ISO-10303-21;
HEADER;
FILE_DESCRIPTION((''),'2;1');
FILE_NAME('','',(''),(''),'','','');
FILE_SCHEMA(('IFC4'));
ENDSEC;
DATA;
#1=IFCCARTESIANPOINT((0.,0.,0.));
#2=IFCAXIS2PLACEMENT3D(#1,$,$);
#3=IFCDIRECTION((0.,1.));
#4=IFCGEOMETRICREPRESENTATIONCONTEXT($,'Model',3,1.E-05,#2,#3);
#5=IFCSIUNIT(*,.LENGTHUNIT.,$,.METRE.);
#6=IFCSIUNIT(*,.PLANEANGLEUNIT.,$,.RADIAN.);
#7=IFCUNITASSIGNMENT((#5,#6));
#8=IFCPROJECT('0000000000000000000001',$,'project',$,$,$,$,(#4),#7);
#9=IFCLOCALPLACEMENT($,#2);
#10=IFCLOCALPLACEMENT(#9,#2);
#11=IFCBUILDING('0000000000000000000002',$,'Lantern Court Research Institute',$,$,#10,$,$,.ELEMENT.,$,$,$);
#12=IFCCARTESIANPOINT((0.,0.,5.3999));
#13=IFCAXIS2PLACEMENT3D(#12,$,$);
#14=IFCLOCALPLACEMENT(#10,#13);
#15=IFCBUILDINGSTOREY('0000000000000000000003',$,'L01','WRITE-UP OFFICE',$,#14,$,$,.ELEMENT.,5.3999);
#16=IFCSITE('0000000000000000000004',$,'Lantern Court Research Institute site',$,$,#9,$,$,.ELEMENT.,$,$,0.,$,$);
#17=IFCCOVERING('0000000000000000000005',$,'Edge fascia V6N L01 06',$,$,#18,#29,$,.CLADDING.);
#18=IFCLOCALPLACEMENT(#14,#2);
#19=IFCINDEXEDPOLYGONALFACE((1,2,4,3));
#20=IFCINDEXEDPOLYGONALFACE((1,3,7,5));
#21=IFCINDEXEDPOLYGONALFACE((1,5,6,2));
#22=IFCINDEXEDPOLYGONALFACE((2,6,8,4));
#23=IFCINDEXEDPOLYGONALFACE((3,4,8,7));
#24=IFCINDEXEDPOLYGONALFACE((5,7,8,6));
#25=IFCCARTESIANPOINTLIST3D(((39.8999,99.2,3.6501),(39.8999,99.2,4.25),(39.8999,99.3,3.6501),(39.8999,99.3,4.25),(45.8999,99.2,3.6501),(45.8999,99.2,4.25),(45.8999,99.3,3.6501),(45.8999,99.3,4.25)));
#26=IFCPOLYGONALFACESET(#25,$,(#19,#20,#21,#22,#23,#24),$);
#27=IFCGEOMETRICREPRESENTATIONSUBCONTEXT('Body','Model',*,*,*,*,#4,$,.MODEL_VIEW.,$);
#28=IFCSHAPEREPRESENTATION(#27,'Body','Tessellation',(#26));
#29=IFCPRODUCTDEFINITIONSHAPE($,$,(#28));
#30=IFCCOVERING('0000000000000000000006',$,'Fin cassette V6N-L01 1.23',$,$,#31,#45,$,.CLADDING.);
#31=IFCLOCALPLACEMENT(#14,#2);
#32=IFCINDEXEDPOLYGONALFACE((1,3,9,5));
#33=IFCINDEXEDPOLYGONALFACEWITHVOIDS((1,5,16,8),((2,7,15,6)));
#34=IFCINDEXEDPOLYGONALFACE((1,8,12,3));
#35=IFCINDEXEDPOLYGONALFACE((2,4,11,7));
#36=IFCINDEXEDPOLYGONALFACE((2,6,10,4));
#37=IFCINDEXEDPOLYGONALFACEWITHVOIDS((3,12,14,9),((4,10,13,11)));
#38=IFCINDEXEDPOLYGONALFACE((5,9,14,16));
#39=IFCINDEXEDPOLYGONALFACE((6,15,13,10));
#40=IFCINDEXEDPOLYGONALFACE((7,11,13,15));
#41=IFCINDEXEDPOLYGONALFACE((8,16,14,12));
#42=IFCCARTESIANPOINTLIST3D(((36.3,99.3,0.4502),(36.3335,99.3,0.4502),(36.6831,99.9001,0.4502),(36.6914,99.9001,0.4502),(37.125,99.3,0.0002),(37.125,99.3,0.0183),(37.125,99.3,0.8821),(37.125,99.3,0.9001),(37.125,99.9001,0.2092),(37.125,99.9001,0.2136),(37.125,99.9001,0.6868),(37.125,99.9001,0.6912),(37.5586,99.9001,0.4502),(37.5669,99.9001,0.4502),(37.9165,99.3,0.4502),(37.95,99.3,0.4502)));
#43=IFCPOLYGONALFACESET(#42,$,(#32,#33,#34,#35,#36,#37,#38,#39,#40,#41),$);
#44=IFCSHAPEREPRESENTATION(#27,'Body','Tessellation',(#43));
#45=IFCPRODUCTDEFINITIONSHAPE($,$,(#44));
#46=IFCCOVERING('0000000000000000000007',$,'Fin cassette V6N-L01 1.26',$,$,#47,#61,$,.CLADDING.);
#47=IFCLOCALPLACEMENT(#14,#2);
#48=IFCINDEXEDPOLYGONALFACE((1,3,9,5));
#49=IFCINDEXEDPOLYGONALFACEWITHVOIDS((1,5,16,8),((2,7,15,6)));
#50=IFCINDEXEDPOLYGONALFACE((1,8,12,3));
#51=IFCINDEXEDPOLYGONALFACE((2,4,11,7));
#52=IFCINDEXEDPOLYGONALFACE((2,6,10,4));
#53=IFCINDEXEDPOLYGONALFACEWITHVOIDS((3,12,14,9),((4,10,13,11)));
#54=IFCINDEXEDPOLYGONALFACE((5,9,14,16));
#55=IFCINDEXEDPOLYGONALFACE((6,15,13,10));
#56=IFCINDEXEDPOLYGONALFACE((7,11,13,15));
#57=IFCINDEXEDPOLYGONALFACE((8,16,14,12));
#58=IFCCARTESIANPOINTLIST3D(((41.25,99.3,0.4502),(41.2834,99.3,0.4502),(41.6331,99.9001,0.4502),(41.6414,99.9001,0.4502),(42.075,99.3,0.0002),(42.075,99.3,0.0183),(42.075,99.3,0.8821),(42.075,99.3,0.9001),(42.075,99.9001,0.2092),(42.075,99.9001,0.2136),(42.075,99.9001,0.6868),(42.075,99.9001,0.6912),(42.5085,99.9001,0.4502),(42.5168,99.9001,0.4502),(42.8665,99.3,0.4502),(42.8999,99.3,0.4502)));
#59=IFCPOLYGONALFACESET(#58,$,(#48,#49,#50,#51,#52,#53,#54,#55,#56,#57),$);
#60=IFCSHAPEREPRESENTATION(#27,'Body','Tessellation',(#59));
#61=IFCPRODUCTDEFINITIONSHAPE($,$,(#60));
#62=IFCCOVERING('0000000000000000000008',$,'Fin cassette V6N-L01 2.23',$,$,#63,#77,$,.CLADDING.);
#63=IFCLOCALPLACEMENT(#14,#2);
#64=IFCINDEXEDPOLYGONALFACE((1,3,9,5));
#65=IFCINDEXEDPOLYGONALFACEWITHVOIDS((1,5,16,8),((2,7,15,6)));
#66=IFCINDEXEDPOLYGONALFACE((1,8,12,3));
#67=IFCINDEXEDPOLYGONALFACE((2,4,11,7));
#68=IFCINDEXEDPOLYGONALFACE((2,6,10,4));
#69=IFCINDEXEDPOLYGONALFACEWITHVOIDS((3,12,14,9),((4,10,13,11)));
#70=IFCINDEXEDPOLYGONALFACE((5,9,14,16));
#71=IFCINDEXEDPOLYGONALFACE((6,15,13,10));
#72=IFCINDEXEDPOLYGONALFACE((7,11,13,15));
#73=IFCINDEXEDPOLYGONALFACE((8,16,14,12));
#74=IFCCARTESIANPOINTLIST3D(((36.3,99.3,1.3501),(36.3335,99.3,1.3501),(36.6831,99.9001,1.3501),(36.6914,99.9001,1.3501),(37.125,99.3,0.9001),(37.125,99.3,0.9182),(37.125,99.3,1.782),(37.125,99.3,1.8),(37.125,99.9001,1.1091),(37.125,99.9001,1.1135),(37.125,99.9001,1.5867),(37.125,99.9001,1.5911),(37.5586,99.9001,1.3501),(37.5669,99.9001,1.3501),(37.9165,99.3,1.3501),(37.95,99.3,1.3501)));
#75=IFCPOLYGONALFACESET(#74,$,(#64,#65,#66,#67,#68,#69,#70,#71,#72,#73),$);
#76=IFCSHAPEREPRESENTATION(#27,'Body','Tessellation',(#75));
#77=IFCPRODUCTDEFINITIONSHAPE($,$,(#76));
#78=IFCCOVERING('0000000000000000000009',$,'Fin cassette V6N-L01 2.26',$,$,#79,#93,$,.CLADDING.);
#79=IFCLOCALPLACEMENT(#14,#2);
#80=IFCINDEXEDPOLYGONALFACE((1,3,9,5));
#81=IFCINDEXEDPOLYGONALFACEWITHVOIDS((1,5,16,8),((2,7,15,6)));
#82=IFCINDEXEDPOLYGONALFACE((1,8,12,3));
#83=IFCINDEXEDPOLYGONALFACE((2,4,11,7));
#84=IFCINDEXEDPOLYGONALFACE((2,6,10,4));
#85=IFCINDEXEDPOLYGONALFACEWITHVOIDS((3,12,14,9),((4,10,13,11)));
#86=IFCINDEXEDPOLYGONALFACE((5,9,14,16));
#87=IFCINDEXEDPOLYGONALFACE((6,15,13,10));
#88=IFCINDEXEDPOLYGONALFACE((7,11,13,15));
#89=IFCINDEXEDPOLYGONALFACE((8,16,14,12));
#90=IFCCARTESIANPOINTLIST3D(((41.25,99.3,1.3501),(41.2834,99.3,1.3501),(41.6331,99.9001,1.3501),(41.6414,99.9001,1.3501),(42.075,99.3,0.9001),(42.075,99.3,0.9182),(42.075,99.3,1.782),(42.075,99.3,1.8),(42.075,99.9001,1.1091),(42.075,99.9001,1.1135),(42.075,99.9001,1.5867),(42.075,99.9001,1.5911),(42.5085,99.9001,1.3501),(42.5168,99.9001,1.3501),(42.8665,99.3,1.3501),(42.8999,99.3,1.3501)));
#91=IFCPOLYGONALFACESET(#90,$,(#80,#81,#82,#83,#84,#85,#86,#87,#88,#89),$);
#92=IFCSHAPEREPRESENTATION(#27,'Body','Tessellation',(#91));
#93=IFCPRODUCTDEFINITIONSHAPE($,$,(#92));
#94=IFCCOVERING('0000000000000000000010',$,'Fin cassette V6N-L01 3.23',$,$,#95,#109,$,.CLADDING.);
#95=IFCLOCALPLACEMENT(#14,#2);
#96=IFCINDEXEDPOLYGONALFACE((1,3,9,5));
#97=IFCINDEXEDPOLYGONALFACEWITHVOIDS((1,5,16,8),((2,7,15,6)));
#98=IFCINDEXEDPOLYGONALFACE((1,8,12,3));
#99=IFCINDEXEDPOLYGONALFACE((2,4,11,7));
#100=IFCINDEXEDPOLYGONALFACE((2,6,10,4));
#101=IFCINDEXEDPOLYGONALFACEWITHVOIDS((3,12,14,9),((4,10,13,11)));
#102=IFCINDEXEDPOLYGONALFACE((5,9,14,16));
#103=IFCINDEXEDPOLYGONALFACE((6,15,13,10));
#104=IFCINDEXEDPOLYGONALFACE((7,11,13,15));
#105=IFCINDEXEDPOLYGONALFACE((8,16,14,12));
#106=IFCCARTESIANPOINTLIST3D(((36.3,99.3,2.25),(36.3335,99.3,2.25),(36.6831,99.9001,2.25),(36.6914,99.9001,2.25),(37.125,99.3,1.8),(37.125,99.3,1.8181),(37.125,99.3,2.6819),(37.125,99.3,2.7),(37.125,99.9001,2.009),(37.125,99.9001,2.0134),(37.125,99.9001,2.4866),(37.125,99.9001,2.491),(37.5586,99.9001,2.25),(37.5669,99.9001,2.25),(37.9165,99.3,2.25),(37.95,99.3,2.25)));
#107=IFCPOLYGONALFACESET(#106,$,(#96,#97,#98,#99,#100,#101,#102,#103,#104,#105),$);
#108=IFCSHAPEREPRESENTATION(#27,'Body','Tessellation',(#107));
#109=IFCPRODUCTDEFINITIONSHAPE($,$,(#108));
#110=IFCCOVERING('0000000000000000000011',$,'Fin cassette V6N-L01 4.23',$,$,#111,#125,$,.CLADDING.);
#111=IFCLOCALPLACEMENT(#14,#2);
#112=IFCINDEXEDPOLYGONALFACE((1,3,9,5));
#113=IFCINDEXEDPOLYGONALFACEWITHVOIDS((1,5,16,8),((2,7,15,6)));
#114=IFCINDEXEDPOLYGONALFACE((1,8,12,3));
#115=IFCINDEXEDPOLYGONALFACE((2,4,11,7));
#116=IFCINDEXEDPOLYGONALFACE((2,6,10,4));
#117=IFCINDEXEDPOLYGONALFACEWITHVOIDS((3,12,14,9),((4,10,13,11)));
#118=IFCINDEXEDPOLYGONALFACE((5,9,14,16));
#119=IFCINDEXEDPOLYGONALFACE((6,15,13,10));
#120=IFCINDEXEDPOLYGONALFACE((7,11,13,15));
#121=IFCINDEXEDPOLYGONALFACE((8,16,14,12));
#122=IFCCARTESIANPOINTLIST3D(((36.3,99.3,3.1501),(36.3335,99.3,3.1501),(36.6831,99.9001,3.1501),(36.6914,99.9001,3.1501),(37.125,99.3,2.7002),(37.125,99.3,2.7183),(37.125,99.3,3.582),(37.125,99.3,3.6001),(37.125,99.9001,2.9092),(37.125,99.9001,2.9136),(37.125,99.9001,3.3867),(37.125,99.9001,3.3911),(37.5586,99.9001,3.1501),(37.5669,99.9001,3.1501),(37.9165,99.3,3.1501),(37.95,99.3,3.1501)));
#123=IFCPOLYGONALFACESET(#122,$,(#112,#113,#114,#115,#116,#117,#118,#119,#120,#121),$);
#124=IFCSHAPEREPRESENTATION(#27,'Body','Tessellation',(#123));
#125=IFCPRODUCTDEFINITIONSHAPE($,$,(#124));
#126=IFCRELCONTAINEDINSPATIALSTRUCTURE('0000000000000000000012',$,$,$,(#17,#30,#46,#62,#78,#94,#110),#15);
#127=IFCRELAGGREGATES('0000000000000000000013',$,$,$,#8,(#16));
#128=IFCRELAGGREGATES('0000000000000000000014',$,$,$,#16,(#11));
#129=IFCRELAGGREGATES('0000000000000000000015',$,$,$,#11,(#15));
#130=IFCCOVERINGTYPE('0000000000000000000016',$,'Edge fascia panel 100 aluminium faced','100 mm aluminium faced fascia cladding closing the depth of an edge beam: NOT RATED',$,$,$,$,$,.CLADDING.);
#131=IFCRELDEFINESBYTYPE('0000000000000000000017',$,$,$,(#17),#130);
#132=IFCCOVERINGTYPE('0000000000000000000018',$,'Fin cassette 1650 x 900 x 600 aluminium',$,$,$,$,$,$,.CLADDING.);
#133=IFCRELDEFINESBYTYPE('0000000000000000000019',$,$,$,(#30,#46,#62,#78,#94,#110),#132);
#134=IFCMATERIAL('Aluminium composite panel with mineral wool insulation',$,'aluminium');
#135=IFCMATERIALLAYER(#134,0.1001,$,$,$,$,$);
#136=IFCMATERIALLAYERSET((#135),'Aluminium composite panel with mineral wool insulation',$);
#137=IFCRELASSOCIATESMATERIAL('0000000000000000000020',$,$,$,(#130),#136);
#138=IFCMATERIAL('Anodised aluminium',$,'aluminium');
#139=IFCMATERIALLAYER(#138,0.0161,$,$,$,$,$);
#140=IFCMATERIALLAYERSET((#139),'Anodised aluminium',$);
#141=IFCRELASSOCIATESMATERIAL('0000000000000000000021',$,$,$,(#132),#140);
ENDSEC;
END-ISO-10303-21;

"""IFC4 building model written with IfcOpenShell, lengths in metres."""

from ifc_helpers import new_model, entity, si_unit, direction, frame, frame_2d, origin, place, context, subcontext, project, spatial, rectangle, extrude, material, layer, layer_set, type_object, element, save


model = new_model("IFC4")

# Units and contexts
model_context = context("Model", 3, precision=1e-05, world=origin(), true_north=direction((0.0, 1.0)))
body_context = subcontext(model_context, "Body", "Model", "MODEL_VIEW")
ifc_project = project(units=[si_unit("LENGTHUNIT", "METRE"), si_unit("PLANEANGLEUNIT", "RADIAN")], contexts=[model_context])

# Site, building, storey
site_placement = place(None, origin())
site = spatial("IfcSite", under=ifc_project, at=site_placement, Name="Lantern Court Research Institute site", CompositionType="ELEMENT", RefElevation=0.0)
building_placement = place(site_placement, origin())
building = spatial("IfcBuilding", under=site, at=building_placement, Name="Lantern Court Research Institute", CompositionType="ELEMENT")
storey_placement = place(building_placement, frame((0.0, 0.0, 5.3999)))
storey = spatial("IfcBuildingStorey", under=building, at=storey_placement, Name="L01", Description="WRITE-UP OFFICE", CompositionType="ELEMENT", Elevation=5.3999)

# Coverings
ifc_material_1 = material(Name="Aluminium composite panel with mineral wool insulation", Category="aluminium")
ifc_layer_1 = layer(ifc_material_1, 0.1001)
ifc_layer_set_1 = layer_set([ifc_layer_1], Name="Aluminium composite panel with mineral wool insulation")
covering_type_1 = type_object("IfcCoveringType", Name="Edge fascia panel 100 aluminium faced", Description="100 mm aluminium faced fascia cladding closing the depth of an edge beam: NOT RATED", PredefinedType="CLADDING", material=ifc_layer_set_1)
covering_1_placement = place(storey_placement, frame((39.8999, 99.25, 3.6501), z_axis=(0.0, 0.0, 1.0), x_axis=(1.0, 0.0, 0.0)))
element("IfcCovering", 1, at=covering_1_placement, inside=storey, type_object=covering_type_1, Name="Edge fascia V6N L01 06", PredefinedType="CLADDING", context=body_context, shape_type="SweptSolid", body=[
    extrude(rectangle(XDim=6.0, YDim=0.1001, at=frame_2d((3.0, 0.0))), origin(), (0.0, 0.0, 1.0), 0.5999),
])
ifc_material_2 = material(Name="Anodised aluminium", Category="aluminium")
ifc_layer_2 = layer(ifc_material_2, 0.0161)
ifc_layer_set_2 = layer_set([ifc_layer_2], Name="Anodised aluminium")
covering_type_2 = type_object("IfcCoveringType", Name="Fin cassette 1650 x 900 x 600 aluminium", PredefinedType="CLADDING", material=ifc_layer_set_2)
covering_2_placement = place(storey_placement, frame((37.125, 99.3, 0.4502), z_axis=(0.0, 1.0, 0.0), x_axis=(-1.0, 0.0, 0.0)))
cartesian_point_1 = entity("IfcCartesianPoint", [0.825, 0.0])
cartesian_point_2 = entity("IfcCartesianPoint", [0.7915, 0.0])
cartesian_point_3 = entity("IfcCartesianPoint", [0.4419, 0.0])
cartesian_point_4 = entity("IfcCartesianPoint", [0.4336, 0.0])
element("IfcCovering", 2, at=covering_2_placement, inside=storey, type_object=covering_type_2, Name="Fin cassette V6N-L01 1.23", PredefinedType="CLADDING", context=body_context, shape_type="SweptSolid", body=[
    entity("IfcExtrudedAreaSolidTapered", entity("IfcArbitraryProfileDefWithVoids", "AREA", None, entity("IfcPolyline", [cartesian_point_1, entity("IfcCartesianPoint", [0.0, 0.45]), entity("IfcCartesianPoint", [-0.825, 0.0]), entity("IfcCartesianPoint", [0.0, -0.45]), cartesian_point_1]), [entity("IfcPolyline", [cartesian_point_2, entity("IfcCartesianPoint", [0.0, 0.4319]), entity("IfcCartesianPoint", [-0.7915, 0.0]), entity("IfcCartesianPoint", [0.0, -0.4319]), cartesian_point_2])]), entity("IfcAxis2Placement3D", entity("IfcCartesianPoint", [0.0, 0.0, 0.0])), entity("IfcDirection", [0.0, 0.0, 1.0]), 0.6001, entity("IfcArbitraryProfileDefWithVoids", "AREA", None, entity("IfcPolyline", [cartesian_point_3, entity("IfcCartesianPoint", [0.0, 0.241]), entity("IfcCartesianPoint", [-0.4419, 0.0]), entity("IfcCartesianPoint", [0.0, -0.241]), cartesian_point_3]), [entity("IfcPolyline", [cartesian_point_4, entity("IfcCartesianPoint", [0.0, 0.2366]), entity("IfcCartesianPoint", [-0.4336, 0.0]), entity("IfcCartesianPoint", [0.0, -0.2366]), cartesian_point_4])])),
])
covering_3_placement = place(storey_placement, frame((42.075, 99.3, 0.4502), z_axis=(0.0, 1.0, 0.0), x_axis=(-1.0, 0.0, 0.0)))
cartesian_point_5 = entity("IfcCartesianPoint", [0.825, 0.0])
cartesian_point_6 = entity("IfcCartesianPoint", [0.7915, 0.0])
cartesian_point_7 = entity("IfcCartesianPoint", [0.4419, 0.0])
cartesian_point_8 = entity("IfcCartesianPoint", [0.4336, 0.0])
element("IfcCovering", 3, at=covering_3_placement, inside=storey, type_object=covering_type_2, Name="Fin cassette V6N-L01 1.26", PredefinedType="CLADDING", context=body_context, shape_type="SweptSolid", body=[
    entity("IfcExtrudedAreaSolidTapered", entity("IfcArbitraryProfileDefWithVoids", "AREA", None, entity("IfcPolyline", [cartesian_point_5, entity("IfcCartesianPoint", [0.0, 0.45]), entity("IfcCartesianPoint", [-0.825, 0.0]), entity("IfcCartesianPoint", [0.0, -0.45]), cartesian_point_5]), [entity("IfcPolyline", [cartesian_point_6, entity("IfcCartesianPoint", [0.0, 0.4319]), entity("IfcCartesianPoint", [-0.7915, 0.0]), entity("IfcCartesianPoint", [0.0, -0.4319]), cartesian_point_6])]), entity("IfcAxis2Placement3D", entity("IfcCartesianPoint", [0.0, 0.0, 0.0])), entity("IfcDirection", [0.0, 0.0, 1.0]), 0.6001, entity("IfcArbitraryProfileDefWithVoids", "AREA", None, entity("IfcPolyline", [cartesian_point_7, entity("IfcCartesianPoint", [0.0, 0.241]), entity("IfcCartesianPoint", [-0.4419, 0.0]), entity("IfcCartesianPoint", [0.0, -0.241]), cartesian_point_7]), [entity("IfcPolyline", [cartesian_point_8, entity("IfcCartesianPoint", [0.0, 0.2366]), entity("IfcCartesianPoint", [-0.4336, 0.0]), entity("IfcCartesianPoint", [0.0, -0.2366]), cartesian_point_8])])),
])
covering_4_placement = place(storey_placement, frame((37.125, 99.3, 1.3501), z_axis=(0.0, 1.0, 0.0), x_axis=(-1.0, 0.0, 0.0)))
cartesian_point_9 = entity("IfcCartesianPoint", [0.825, 0.0])
cartesian_point_10 = entity("IfcCartesianPoint", [0.7915, 0.0])
cartesian_point_11 = entity("IfcCartesianPoint", [0.4419, 0.0])
cartesian_point_12 = entity("IfcCartesianPoint", [0.4336, 0.0])
element("IfcCovering", 4, at=covering_4_placement, inside=storey, type_object=covering_type_2, Name="Fin cassette V6N-L01 2.23", PredefinedType="CLADDING", context=body_context, shape_type="SweptSolid", body=[
    entity("IfcExtrudedAreaSolidTapered", entity("IfcArbitraryProfileDefWithVoids", "AREA", None, entity("IfcPolyline", [cartesian_point_9, entity("IfcCartesianPoint", [0.0, 0.45]), entity("IfcCartesianPoint", [-0.825, 0.0]), entity("IfcCartesianPoint", [0.0, -0.45]), cartesian_point_9]), [entity("IfcPolyline", [cartesian_point_10, entity("IfcCartesianPoint", [0.0, 0.4319]), entity("IfcCartesianPoint", [-0.7915, 0.0]), entity("IfcCartesianPoint", [0.0, -0.4319]), cartesian_point_10])]), entity("IfcAxis2Placement3D", entity("IfcCartesianPoint", [0.0, 0.0, 0.0])), entity("IfcDirection", [0.0, 0.0, 1.0]), 0.6001, entity("IfcArbitraryProfileDefWithVoids", "AREA", None, entity("IfcPolyline", [cartesian_point_11, entity("IfcCartesianPoint", [0.0, 0.241]), entity("IfcCartesianPoint", [-0.4419, 0.0]), entity("IfcCartesianPoint", [0.0, -0.241]), cartesian_point_11]), [entity("IfcPolyline", [cartesian_point_12, entity("IfcCartesianPoint", [0.0, 0.2366]), entity("IfcCartesianPoint", [-0.4336, 0.0]), entity("IfcCartesianPoint", [0.0, -0.2366]), cartesian_point_12])])),
])
covering_5_placement = place(storey_placement, frame((42.075, 99.3, 1.3501), z_axis=(0.0, 1.0, 0.0), x_axis=(-1.0, 0.0, 0.0)))
cartesian_point_13 = entity("IfcCartesianPoint", [0.825, 0.0])
cartesian_point_14 = entity("IfcCartesianPoint", [0.7915, 0.0])
cartesian_point_15 = entity("IfcCartesianPoint", [0.4419, 0.0])
cartesian_point_16 = entity("IfcCartesianPoint", [0.4336, 0.0])
element("IfcCovering", 5, at=covering_5_placement, inside=storey, type_object=covering_type_2, Name="Fin cassette V6N-L01 2.26", PredefinedType="CLADDING", context=body_context, shape_type="SweptSolid", body=[
    entity("IfcExtrudedAreaSolidTapered", entity("IfcArbitraryProfileDefWithVoids", "AREA", None, entity("IfcPolyline", [cartesian_point_13, entity("IfcCartesianPoint", [0.0, 0.45]), entity("IfcCartesianPoint", [-0.825, 0.0]), entity("IfcCartesianPoint", [0.0, -0.45]), cartesian_point_13]), [entity("IfcPolyline", [cartesian_point_14, entity("IfcCartesianPoint", [0.0, 0.4319]), entity("IfcCartesianPoint", [-0.7915, 0.0]), entity("IfcCartesianPoint", [0.0, -0.4319]), cartesian_point_14])]), entity("IfcAxis2Placement3D", entity("IfcCartesianPoint", [0.0, 0.0, 0.0])), entity("IfcDirection", [0.0, 0.0, 1.0]), 0.6001, entity("IfcArbitraryProfileDefWithVoids", "AREA", None, entity("IfcPolyline", [cartesian_point_15, entity("IfcCartesianPoint", [0.0, 0.241]), entity("IfcCartesianPoint", [-0.4419, 0.0]), entity("IfcCartesianPoint", [0.0, -0.241]), cartesian_point_15]), [entity("IfcPolyline", [cartesian_point_16, entity("IfcCartesianPoint", [0.0, 0.2366]), entity("IfcCartesianPoint", [-0.4336, 0.0]), entity("IfcCartesianPoint", [0.0, -0.2366]), cartesian_point_16])])),
])
covering_6_placement = place(storey_placement, frame((37.125, 99.3, 2.25), z_axis=(0.0, 1.0, 0.0), x_axis=(-1.0, 0.0, 0.0)))
cartesian_point_17 = entity("IfcCartesianPoint", [0.825, 0.0])
cartesian_point_18 = entity("IfcCartesianPoint", [0.7915, 0.0])
cartesian_point_19 = entity("IfcCartesianPoint", [0.4419, 0.0])
cartesian_point_20 = entity("IfcCartesianPoint", [0.4336, 0.0])
element("IfcCovering", 6, at=covering_6_placement, inside=storey, type_object=covering_type_2, Name="Fin cassette V6N-L01 3.23", PredefinedType="CLADDING", context=body_context, shape_type="SweptSolid", body=[
    entity("IfcExtrudedAreaSolidTapered", entity("IfcArbitraryProfileDefWithVoids", "AREA", None, entity("IfcPolyline", [cartesian_point_17, entity("IfcCartesianPoint", [0.0, 0.45]), entity("IfcCartesianPoint", [-0.825, 0.0]), entity("IfcCartesianPoint", [0.0, -0.45]), cartesian_point_17]), [entity("IfcPolyline", [cartesian_point_18, entity("IfcCartesianPoint", [0.0, 0.4319]), entity("IfcCartesianPoint", [-0.7915, 0.0]), entity("IfcCartesianPoint", [0.0, -0.4319]), cartesian_point_18])]), entity("IfcAxis2Placement3D", entity("IfcCartesianPoint", [0.0, 0.0, 0.0])), entity("IfcDirection", [0.0, 0.0, 1.0]), 0.6001, entity("IfcArbitraryProfileDefWithVoids", "AREA", None, entity("IfcPolyline", [cartesian_point_19, entity("IfcCartesianPoint", [0.0, 0.241]), entity("IfcCartesianPoint", [-0.4419, 0.0]), entity("IfcCartesianPoint", [0.0, -0.241]), cartesian_point_19]), [entity("IfcPolyline", [cartesian_point_20, entity("IfcCartesianPoint", [0.0, 0.2366]), entity("IfcCartesianPoint", [-0.4336, 0.0]), entity("IfcCartesianPoint", [0.0, -0.2366]), cartesian_point_20])])),
])
covering_7_placement = place(storey_placement, frame((37.125, 99.3, 3.1501), z_axis=(0.0, 1.0, 0.0), x_axis=(-1.0, 0.0, 0.0)))
cartesian_point_21 = entity("IfcCartesianPoint", [0.825, 0.0])
cartesian_point_22 = entity("IfcCartesianPoint", [0.7915, 0.0])
cartesian_point_23 = entity("IfcCartesianPoint", [0.4419, 0.0])
cartesian_point_24 = entity("IfcCartesianPoint", [0.4336, 0.0])
element("IfcCovering", 7, at=covering_7_placement, inside=storey, type_object=covering_type_2, Name="Fin cassette V6N-L01 4.23", PredefinedType="CLADDING", context=body_context, shape_type="SweptSolid", body=[
    entity("IfcExtrudedAreaSolidTapered", entity("IfcArbitraryProfileDefWithVoids", "AREA", None, entity("IfcPolyline", [cartesian_point_21, entity("IfcCartesianPoint", [0.0, 0.45]), entity("IfcCartesianPoint", [-0.825, 0.0]), entity("IfcCartesianPoint", [0.0, -0.45]), cartesian_point_21]), [entity("IfcPolyline", [cartesian_point_22, entity("IfcCartesianPoint", [0.0, 0.4319]), entity("IfcCartesianPoint", [-0.7915, 0.0]), entity("IfcCartesianPoint", [0.0, -0.4319]), cartesian_point_22])]), entity("IfcAxis2Placement3D", entity("IfcCartesianPoint", [0.0, 0.0, 0.0])), entity("IfcDirection", [0.0, 0.0, 1.0]), 0.6001, entity("IfcArbitraryProfileDefWithVoids", "AREA", None, entity("IfcPolyline", [cartesian_point_23, entity("IfcCartesianPoint", [0.0, 0.241]), entity("IfcCartesianPoint", [-0.4419, 0.0]), entity("IfcCartesianPoint", [0.0, -0.241]), cartesian_point_23]), [entity("IfcPolyline", [cartesian_point_24, entity("IfcCartesianPoint", [0.0, 0.2366]), entity("IfcCartesianPoint", [-0.4336, 0.0]), entity("IfcCartesianPoint", [0.0, -0.2366]), cartesian_point_24])])),
])

save(model, "model.ifc")
